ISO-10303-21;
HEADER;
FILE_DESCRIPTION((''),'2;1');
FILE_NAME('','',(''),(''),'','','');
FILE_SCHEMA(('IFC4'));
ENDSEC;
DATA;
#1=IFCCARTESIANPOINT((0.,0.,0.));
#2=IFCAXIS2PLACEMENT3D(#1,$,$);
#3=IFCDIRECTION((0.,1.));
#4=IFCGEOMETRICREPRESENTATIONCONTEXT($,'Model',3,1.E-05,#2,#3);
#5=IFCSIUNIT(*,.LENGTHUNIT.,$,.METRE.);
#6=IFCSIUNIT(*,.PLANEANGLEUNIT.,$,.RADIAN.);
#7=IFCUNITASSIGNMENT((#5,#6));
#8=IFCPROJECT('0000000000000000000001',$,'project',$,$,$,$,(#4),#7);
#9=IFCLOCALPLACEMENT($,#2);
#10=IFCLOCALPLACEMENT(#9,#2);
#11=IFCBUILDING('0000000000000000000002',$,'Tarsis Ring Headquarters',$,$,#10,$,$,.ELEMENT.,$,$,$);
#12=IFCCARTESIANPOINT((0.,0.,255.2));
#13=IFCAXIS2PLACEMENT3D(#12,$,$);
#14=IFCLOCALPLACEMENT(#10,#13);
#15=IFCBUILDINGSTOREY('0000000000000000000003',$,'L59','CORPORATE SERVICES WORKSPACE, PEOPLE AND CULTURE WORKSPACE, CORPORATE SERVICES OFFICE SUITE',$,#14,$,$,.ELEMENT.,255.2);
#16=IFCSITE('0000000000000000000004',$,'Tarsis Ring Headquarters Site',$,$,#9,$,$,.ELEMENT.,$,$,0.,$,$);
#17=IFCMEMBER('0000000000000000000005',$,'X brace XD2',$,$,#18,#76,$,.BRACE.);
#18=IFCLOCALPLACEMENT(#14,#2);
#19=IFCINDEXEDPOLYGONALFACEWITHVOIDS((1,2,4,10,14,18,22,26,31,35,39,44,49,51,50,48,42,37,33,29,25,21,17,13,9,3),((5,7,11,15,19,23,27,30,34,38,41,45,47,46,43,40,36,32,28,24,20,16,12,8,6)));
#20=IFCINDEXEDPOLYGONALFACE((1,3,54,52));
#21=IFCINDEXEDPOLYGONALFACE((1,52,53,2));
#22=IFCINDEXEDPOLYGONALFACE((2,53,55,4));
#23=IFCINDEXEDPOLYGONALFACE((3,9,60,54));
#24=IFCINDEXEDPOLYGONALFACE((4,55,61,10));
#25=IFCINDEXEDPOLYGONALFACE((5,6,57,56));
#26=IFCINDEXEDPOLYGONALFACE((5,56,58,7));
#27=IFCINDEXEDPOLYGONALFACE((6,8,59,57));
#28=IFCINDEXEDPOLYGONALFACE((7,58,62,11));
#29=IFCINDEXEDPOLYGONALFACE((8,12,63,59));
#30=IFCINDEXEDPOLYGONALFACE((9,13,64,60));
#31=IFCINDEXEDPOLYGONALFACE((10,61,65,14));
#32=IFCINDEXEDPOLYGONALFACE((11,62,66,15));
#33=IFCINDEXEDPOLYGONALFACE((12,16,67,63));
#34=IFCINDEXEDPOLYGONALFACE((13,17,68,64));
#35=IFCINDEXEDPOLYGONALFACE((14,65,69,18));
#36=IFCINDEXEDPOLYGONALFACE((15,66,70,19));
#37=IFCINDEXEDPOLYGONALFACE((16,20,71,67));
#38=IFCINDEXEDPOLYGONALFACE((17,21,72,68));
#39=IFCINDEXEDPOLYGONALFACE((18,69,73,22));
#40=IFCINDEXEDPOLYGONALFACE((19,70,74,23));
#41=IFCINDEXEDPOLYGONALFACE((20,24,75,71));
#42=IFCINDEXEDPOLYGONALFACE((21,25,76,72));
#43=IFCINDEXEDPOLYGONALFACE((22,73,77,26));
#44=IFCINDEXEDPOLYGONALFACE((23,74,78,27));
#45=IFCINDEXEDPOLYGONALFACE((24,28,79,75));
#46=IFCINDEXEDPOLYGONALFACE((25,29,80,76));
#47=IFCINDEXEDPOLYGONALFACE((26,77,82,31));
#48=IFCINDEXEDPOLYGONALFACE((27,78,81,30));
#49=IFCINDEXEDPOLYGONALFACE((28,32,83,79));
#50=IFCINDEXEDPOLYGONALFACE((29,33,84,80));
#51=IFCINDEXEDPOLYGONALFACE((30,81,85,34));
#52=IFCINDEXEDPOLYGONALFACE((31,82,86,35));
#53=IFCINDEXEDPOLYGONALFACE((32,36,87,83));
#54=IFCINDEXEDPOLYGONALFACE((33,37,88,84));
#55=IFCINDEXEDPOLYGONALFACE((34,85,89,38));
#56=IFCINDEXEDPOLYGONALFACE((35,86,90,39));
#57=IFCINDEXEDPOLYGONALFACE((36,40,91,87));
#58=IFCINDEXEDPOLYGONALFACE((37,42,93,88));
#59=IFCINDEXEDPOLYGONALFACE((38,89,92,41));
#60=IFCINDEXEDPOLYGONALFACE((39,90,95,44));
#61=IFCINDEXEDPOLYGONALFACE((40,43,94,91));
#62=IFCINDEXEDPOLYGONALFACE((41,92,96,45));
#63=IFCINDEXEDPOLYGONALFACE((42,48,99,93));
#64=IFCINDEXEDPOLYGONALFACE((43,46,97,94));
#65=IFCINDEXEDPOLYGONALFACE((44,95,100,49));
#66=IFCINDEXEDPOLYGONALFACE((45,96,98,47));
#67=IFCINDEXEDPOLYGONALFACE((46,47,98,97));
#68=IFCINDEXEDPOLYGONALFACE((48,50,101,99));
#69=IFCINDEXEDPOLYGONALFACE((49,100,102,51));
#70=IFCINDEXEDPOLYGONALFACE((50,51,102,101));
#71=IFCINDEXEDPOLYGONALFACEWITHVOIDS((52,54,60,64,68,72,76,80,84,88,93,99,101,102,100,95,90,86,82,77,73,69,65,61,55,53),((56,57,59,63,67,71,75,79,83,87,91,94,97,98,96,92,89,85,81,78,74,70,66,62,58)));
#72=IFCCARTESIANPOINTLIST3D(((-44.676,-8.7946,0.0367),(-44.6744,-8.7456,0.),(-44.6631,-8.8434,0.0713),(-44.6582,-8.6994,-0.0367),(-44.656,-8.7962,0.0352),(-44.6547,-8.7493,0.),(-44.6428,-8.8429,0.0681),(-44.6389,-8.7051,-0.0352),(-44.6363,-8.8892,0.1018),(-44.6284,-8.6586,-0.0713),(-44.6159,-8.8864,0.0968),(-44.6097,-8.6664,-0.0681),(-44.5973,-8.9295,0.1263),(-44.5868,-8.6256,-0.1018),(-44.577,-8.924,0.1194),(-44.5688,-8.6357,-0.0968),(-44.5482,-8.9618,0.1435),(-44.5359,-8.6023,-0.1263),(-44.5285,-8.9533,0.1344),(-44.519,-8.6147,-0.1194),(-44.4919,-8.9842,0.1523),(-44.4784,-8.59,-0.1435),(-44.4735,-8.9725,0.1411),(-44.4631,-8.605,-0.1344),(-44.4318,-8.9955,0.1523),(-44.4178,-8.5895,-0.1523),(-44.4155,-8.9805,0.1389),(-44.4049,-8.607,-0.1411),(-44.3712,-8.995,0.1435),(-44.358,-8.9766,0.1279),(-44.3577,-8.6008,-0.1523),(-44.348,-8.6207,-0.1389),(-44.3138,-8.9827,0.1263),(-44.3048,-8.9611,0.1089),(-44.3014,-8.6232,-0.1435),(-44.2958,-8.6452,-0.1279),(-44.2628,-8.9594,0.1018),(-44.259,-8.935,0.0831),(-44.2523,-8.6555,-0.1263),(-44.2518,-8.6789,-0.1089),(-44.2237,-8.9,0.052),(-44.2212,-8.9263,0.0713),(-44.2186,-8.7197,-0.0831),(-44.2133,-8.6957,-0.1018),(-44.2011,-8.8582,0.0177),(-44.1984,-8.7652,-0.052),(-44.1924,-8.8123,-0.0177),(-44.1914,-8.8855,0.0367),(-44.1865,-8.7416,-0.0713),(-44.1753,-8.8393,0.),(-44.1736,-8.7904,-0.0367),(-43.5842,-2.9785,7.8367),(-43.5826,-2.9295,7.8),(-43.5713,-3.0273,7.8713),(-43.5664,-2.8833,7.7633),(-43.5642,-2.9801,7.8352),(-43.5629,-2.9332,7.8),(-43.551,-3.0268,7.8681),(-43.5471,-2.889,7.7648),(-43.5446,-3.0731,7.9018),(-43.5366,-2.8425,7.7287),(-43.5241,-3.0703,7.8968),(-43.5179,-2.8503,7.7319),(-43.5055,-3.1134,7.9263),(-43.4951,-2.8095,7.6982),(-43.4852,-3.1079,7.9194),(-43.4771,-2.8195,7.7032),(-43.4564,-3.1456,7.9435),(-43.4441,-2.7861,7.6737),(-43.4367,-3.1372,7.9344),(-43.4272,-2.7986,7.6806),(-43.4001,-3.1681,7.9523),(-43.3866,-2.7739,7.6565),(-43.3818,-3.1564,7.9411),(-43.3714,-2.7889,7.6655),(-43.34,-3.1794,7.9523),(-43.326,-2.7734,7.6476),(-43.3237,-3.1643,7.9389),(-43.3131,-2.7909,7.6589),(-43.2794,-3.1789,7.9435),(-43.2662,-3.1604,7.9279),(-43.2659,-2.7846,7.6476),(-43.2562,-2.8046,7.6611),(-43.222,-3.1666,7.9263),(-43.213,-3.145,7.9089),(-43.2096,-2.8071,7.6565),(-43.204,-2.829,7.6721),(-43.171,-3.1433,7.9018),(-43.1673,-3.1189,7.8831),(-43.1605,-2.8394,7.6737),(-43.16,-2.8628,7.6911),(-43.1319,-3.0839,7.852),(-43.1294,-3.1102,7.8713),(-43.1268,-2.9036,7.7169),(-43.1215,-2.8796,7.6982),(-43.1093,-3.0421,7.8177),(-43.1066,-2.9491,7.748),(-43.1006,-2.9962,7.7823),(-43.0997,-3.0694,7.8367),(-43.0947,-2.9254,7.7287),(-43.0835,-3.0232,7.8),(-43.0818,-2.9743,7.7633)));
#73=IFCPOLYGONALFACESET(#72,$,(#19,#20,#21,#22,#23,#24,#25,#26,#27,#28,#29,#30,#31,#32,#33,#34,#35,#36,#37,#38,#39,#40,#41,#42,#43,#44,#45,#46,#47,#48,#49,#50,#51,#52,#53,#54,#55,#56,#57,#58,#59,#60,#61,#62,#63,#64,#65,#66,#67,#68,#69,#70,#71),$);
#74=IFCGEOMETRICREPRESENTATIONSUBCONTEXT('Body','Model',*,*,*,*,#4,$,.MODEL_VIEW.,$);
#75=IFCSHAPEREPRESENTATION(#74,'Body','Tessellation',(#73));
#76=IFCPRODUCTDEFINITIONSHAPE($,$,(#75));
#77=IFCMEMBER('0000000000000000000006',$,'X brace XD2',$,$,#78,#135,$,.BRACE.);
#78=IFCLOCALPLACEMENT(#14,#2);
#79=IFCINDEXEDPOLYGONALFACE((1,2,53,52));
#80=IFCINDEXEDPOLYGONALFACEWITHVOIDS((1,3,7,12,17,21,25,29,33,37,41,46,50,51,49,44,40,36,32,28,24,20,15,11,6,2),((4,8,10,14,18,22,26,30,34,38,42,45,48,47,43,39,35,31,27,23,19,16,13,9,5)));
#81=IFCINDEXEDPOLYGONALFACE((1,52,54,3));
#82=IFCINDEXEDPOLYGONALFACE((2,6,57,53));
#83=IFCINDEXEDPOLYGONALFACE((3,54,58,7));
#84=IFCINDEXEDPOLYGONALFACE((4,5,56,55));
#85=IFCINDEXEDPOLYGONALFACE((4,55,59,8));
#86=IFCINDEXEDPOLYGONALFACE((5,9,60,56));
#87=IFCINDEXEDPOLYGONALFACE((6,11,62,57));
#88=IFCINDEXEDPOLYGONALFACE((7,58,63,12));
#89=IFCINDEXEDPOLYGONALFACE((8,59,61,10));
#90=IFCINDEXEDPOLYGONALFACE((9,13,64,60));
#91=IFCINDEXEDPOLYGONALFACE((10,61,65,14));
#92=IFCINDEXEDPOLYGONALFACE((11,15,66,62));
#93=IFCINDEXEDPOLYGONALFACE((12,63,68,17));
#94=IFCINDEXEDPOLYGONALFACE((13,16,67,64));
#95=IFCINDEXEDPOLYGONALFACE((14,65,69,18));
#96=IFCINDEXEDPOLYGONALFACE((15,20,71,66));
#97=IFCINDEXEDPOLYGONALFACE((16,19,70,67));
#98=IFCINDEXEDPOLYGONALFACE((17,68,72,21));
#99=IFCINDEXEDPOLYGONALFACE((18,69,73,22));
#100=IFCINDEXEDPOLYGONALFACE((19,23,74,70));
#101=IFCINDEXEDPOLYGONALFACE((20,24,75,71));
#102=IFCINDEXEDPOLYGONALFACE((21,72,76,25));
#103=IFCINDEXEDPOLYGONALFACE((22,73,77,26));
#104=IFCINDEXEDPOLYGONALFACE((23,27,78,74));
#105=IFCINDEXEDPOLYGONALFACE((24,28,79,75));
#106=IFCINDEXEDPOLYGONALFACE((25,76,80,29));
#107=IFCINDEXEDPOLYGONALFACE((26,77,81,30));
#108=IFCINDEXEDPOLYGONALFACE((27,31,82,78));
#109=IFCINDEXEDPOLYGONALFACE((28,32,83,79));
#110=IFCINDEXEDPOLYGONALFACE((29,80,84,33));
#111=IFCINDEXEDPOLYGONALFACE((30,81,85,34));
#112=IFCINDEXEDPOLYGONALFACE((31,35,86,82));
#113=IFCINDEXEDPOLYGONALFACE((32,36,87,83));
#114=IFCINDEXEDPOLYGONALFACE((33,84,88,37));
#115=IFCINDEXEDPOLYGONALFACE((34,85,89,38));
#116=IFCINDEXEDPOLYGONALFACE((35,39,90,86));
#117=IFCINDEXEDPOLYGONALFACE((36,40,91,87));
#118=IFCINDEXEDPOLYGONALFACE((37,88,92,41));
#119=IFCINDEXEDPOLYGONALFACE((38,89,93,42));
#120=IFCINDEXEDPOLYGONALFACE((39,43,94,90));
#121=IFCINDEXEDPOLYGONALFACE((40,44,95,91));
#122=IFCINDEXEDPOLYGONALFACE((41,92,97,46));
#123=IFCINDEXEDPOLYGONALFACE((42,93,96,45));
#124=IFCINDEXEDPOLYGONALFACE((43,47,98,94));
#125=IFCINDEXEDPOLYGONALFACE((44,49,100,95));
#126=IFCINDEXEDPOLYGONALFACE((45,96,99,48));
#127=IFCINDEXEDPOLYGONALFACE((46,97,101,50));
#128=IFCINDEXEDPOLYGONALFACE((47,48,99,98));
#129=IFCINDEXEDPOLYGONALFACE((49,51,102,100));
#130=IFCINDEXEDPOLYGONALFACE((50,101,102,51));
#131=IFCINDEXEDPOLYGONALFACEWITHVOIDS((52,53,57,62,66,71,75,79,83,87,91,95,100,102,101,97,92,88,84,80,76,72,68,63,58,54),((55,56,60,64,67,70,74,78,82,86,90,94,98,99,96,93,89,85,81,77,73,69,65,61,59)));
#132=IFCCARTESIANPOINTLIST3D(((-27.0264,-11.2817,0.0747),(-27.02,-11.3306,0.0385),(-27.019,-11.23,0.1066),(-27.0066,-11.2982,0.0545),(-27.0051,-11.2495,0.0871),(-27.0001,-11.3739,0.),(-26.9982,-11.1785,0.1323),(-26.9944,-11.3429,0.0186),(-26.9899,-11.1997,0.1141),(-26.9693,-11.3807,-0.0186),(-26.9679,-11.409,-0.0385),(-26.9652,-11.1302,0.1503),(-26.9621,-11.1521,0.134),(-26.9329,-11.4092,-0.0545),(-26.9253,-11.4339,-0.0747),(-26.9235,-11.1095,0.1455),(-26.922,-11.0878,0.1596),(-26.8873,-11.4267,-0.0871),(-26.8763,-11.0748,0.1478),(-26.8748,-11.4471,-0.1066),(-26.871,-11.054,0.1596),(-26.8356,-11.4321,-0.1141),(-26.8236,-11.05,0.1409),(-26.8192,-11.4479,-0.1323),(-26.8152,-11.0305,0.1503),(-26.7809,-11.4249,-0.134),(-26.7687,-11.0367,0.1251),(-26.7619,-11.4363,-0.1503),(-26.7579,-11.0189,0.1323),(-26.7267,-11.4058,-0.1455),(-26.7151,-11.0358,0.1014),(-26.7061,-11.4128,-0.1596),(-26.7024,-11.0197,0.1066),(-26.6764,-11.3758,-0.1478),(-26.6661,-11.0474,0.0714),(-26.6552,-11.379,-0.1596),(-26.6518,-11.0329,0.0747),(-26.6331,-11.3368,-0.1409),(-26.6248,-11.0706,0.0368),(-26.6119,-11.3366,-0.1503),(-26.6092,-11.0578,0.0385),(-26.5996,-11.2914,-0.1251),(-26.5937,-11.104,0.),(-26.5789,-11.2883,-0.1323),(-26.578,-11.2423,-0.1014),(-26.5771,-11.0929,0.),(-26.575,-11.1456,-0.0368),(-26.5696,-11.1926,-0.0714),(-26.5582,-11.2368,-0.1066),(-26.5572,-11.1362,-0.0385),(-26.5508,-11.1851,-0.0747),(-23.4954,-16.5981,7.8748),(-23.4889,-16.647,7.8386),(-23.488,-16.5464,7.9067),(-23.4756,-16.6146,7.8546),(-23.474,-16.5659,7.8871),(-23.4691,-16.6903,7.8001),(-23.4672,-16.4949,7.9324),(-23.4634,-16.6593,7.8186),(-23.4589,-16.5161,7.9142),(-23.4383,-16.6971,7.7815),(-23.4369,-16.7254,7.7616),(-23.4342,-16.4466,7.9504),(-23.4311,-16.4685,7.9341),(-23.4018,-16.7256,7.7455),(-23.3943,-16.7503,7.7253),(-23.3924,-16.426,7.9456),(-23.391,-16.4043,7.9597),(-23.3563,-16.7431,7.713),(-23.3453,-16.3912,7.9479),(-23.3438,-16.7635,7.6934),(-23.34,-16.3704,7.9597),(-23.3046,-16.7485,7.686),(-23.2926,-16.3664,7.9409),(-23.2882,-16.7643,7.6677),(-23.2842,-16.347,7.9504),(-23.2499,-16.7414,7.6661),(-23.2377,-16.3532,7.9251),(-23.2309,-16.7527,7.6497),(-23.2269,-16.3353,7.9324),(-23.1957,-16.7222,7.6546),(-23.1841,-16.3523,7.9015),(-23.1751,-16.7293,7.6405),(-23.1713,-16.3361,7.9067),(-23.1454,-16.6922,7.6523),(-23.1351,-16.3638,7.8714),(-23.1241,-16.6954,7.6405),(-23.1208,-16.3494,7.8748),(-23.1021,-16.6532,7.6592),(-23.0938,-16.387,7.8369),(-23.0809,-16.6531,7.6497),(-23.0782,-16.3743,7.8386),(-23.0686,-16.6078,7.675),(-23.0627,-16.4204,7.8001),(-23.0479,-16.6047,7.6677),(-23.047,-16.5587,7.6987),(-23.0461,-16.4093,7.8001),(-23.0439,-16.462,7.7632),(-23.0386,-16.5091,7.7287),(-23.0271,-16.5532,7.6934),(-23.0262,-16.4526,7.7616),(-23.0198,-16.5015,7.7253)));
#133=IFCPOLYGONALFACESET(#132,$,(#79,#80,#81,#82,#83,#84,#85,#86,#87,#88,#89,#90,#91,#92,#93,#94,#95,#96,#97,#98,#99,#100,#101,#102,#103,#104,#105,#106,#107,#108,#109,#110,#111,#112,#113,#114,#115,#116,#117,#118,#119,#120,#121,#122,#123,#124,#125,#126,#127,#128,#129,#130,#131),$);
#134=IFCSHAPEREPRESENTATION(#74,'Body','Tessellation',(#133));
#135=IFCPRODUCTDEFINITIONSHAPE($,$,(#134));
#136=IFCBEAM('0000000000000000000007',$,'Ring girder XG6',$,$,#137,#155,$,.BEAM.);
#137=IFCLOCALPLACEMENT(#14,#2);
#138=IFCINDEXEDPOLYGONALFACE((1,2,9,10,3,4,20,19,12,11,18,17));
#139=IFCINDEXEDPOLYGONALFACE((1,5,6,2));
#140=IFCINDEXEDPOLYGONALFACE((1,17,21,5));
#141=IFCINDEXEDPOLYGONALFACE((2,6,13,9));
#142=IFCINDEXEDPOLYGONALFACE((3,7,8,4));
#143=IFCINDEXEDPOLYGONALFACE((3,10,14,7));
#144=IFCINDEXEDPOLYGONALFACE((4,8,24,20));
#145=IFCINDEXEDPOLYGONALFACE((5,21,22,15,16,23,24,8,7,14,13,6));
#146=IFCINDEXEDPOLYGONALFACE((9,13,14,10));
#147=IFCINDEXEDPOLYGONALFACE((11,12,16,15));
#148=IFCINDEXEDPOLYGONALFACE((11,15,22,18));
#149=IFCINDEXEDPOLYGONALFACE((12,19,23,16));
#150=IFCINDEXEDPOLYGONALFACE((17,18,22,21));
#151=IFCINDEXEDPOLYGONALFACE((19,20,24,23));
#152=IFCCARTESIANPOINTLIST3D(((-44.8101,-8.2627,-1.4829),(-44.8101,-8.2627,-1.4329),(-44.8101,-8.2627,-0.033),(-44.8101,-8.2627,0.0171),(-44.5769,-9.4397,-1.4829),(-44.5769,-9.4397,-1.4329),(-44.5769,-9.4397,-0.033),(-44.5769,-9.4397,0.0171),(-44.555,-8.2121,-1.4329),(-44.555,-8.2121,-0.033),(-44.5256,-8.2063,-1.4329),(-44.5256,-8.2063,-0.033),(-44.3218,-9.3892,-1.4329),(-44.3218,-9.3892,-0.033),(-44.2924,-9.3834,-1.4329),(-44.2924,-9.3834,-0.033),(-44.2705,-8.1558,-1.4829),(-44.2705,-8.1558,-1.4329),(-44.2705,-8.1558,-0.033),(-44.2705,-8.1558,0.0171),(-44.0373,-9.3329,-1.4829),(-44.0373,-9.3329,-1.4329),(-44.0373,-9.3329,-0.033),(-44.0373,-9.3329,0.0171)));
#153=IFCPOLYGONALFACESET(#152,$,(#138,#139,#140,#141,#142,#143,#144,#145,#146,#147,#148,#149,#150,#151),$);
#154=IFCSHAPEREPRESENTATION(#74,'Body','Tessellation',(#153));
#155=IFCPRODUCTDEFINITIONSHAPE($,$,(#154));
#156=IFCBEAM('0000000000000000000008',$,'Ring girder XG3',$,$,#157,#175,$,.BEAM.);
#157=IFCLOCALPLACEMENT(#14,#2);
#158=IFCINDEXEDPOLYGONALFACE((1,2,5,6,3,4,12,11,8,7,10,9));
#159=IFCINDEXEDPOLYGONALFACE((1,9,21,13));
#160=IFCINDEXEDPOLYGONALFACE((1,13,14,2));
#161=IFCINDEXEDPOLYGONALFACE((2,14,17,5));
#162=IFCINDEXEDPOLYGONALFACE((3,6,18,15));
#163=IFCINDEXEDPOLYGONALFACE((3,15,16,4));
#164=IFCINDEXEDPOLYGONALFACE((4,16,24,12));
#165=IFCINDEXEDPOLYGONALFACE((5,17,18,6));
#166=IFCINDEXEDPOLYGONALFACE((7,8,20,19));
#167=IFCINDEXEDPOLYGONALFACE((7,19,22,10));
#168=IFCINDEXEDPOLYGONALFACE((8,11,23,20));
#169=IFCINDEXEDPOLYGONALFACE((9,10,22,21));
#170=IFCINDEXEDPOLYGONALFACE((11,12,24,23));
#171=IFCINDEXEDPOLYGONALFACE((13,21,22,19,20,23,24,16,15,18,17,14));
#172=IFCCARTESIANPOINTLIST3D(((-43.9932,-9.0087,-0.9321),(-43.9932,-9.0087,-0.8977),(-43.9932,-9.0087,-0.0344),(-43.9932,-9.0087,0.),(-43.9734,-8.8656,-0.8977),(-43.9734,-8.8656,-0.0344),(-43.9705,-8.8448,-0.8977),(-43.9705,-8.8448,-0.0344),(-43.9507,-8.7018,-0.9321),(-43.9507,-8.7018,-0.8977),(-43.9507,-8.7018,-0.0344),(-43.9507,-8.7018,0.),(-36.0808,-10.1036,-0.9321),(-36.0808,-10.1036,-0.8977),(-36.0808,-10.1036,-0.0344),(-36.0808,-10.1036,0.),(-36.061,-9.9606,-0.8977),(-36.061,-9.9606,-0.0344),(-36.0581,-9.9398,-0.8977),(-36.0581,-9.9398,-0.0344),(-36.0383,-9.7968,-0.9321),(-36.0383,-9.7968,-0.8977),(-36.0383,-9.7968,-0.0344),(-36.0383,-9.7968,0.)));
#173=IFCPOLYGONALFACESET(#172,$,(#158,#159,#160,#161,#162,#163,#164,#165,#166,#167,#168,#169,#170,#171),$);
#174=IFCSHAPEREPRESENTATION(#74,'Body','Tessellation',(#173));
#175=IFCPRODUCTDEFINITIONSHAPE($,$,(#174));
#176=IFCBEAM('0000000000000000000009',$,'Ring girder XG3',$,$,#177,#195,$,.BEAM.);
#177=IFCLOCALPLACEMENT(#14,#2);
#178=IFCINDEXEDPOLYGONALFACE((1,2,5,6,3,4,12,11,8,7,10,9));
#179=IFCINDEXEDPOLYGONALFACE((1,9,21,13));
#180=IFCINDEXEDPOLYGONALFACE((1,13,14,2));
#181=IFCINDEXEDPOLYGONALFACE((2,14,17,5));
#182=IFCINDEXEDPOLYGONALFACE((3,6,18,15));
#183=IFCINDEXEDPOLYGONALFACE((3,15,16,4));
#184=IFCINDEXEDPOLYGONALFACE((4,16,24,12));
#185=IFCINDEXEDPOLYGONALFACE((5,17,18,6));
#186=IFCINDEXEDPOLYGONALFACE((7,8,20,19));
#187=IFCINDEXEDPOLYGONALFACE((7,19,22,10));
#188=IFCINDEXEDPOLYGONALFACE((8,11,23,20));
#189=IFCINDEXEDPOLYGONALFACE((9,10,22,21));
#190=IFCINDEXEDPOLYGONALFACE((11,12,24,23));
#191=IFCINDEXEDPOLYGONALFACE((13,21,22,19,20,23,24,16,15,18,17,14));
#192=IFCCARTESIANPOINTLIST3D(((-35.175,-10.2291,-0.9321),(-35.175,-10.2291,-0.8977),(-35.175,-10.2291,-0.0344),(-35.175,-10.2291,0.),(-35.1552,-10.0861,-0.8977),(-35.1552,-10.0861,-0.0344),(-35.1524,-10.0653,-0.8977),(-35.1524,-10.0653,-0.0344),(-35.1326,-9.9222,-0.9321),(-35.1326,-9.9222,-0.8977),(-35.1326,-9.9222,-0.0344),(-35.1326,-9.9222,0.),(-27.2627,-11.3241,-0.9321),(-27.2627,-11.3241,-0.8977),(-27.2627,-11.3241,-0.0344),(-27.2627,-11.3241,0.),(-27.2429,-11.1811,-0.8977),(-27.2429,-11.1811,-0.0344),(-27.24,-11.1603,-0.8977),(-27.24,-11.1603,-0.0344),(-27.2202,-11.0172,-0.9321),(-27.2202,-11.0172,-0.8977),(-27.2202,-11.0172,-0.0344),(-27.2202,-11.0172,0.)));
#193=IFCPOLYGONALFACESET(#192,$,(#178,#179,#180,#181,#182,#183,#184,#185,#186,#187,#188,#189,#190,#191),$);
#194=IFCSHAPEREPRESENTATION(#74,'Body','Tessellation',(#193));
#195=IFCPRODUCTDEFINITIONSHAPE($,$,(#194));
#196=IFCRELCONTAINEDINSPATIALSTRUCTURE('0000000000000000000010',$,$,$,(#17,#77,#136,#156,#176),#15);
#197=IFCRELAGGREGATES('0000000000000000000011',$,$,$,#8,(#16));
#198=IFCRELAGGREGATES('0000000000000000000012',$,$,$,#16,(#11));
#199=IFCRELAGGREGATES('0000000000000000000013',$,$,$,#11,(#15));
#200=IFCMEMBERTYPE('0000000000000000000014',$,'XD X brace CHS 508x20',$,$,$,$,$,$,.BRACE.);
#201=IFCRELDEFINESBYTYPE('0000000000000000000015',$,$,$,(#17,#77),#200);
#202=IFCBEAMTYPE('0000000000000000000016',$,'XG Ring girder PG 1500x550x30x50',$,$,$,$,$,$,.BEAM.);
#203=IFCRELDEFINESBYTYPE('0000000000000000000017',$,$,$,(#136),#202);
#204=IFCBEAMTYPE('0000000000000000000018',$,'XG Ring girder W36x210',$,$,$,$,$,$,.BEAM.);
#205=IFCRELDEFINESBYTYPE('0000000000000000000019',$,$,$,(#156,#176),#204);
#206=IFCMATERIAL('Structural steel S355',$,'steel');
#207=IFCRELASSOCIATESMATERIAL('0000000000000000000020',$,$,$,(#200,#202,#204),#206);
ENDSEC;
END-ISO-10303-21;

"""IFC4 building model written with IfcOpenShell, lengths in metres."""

from ifc_helpers import new_model, si_unit, direction, frame, origin, origin_2d, place, context, subcontext, project, spatial, hollow_circle, i_section, extrude, material, material_profile, profile_set, type_object, element, save


model = new_model("IFC4")

# Units and contexts
model_context = context("Model", 3, precision=1e-05, world=origin(), true_north=direction((0.0, 1.0)))
body_context = subcontext(model_context, "Body", "Model", "MODEL_VIEW")
ifc_project = project(units=[si_unit("LENGTHUNIT", "METRE"), si_unit("PLANEANGLEUNIT", "RADIAN")], contexts=[model_context])

# Site, building, storey
site_placement = place(None, origin())
site = spatial("IfcSite", under=ifc_project, at=site_placement, Name="Tarsis Ring Headquarters Site", CompositionType="ELEMENT", RefElevation=0.0)
building_placement = place(site_placement, origin())
building = spatial("IfcBuilding", under=site, at=building_placement, Name="Tarsis Ring Headquarters", CompositionType="ELEMENT")
storey_placement = place(building_placement, frame((0.0, 0.0, 255.2)))
storey = spatial("IfcBuildingStorey", under=building, at=storey_placement, Name="L59", Description="CORPORATE SERVICES WORKSPACE, PEOPLE AND CULTURE WORKSPACE, CORPORATE SERVICES OFFICE SUITE", CompositionType="ELEMENT", Elevation=255.2)

# Shared definitions
ifc_material_1 = material(Name="Structural steel S355", Category="steel")

# Members
ifc_material_profile_1 = material_profile(ifc_material_1, hollow_circle(Radius=0.2539, WallThickness=0.02, at=origin_2d()), Name="CHS 508x20")
ifc_profile_set_1 = profile_set([ifc_material_profile_1], Name="Structural steel S355")
member_type = type_object("IfcMemberType", Name="XD X brace CHS 508x20", PredefinedType="BRACE", material=ifc_profile_set_1)
member_1_placement = place(storey_placement, frame((-44.4248, -8.7925, 0.0), z_axis=(0.111512, 0.594041, 0.796668), x_axis=(-0.982833, 0.184495, 0.0)))
element("IfcMember", 1, at=member_1_placement, inside=storey, type_object=member_type, Name="X brace XD2", PredefinedType="BRACE", context=body_context, shape_type="SweptSolid", body=[
    extrude(hollow_circle(Radius=0.2539, WallThickness=0.02, at=origin_2d()), origin(), (0.0, 0.0, 1.0), 9.7908),
])
member_2_placement = place(storey_placement, frame((-26.7886, -11.2334, 0.0), z_axis=(0.350356, -0.527508, 0.773942), x_axis=(0.833008, 0.55326, 0.0)))
element("IfcMember", 2, at=member_2_placement, inside=storey, type_object=member_type, Name="X brace XD2", PredefinedType="BRACE", context=body_context, shape_type="SweptSolid", body=[
    extrude(hollow_circle(Radius=0.2539, WallThickness=0.02, at=origin_2d()), origin(), (0.0, 0.0, 1.0), 10.0784),
])

# Beams
ifc_material_profile_2 = material_profile(ifc_material_1, i_section(OverallWidth=0.55, OverallDepth=1.5, WebThickness=0.03, FlangeThickness=0.05, at=origin_2d()), Name="PG 1500x550x30x50")
ifc_profile_set_2 = profile_set([ifc_material_profile_2], Name="Structural steel S355")
beam_type_1 = type_object("IfcBeamType", Name="XG Ring girder PG 1500x550x30x50", PredefinedType="BEAM", material=ifc_profile_set_2)
beam_placement = place(storey_placement, frame((-44.5403, -8.2092, -0.7329), z_axis=(0.194316, -0.980939, 0.0), x_axis=(0.980939, 0.194316, 0.0)))
element("IfcBeam", 3, at=beam_placement, inside=storey, type_object=beam_type_1, Name="Ring girder XG6", PredefinedType="BEAM", context=body_context, shape_type="SweptSolid", body=[
    extrude(i_section(OverallWidth=0.55, OverallDepth=1.5, WebThickness=0.03, FlangeThickness=0.05, at=origin_2d()), origin(), (0.0, 0.0, 1.0), 1.2),
])
ifc_material_profile_3 = material_profile(ifc_material_1, i_section(OverallWidth=0.3098, OverallDepth=0.9321, WebThickness=0.021, FlangeThickness=0.0344, at=origin_2d()), Name="W36x210")
ifc_profile_set_3 = profile_set([ifc_material_profile_3], Name="Structural steel S355")
beam_type_2 = type_object("IfcBeamType", Name="XG Ring girder W36x210", PredefinedType="BEAM", material=ifc_profile_set_3)
for number, where, z_axis, x_axis, name in (
    (4, (-43.9719, -8.8552, -0.4661), (0.99056, -0.137081, 0.0), (0.137081, 0.99056, 0.0), "Ring girder XG3"),
    (5, (-35.1538, -10.0757, -0.4661), (0.99056, -0.137081, 0.0), (0.137081, 0.99056, 0.0), "Ring girder XG3"),
):
    element("IfcBeam", number, at=place(storey_placement, frame(where, z_axis=z_axis, x_axis=x_axis)), inside=storey, type_object=beam_type_2, Name=name, PredefinedType="BEAM", context=body_context, shape_type="SweptSolid", body=[
        extrude(i_section(OverallWidth=0.3098, OverallDepth=0.9321, WebThickness=0.021, FlangeThickness=0.0344, at=origin_2d()), origin(), (0.0, 0.0, 1.0), 7.9878),
    ])

save(model, "model.ifc")
